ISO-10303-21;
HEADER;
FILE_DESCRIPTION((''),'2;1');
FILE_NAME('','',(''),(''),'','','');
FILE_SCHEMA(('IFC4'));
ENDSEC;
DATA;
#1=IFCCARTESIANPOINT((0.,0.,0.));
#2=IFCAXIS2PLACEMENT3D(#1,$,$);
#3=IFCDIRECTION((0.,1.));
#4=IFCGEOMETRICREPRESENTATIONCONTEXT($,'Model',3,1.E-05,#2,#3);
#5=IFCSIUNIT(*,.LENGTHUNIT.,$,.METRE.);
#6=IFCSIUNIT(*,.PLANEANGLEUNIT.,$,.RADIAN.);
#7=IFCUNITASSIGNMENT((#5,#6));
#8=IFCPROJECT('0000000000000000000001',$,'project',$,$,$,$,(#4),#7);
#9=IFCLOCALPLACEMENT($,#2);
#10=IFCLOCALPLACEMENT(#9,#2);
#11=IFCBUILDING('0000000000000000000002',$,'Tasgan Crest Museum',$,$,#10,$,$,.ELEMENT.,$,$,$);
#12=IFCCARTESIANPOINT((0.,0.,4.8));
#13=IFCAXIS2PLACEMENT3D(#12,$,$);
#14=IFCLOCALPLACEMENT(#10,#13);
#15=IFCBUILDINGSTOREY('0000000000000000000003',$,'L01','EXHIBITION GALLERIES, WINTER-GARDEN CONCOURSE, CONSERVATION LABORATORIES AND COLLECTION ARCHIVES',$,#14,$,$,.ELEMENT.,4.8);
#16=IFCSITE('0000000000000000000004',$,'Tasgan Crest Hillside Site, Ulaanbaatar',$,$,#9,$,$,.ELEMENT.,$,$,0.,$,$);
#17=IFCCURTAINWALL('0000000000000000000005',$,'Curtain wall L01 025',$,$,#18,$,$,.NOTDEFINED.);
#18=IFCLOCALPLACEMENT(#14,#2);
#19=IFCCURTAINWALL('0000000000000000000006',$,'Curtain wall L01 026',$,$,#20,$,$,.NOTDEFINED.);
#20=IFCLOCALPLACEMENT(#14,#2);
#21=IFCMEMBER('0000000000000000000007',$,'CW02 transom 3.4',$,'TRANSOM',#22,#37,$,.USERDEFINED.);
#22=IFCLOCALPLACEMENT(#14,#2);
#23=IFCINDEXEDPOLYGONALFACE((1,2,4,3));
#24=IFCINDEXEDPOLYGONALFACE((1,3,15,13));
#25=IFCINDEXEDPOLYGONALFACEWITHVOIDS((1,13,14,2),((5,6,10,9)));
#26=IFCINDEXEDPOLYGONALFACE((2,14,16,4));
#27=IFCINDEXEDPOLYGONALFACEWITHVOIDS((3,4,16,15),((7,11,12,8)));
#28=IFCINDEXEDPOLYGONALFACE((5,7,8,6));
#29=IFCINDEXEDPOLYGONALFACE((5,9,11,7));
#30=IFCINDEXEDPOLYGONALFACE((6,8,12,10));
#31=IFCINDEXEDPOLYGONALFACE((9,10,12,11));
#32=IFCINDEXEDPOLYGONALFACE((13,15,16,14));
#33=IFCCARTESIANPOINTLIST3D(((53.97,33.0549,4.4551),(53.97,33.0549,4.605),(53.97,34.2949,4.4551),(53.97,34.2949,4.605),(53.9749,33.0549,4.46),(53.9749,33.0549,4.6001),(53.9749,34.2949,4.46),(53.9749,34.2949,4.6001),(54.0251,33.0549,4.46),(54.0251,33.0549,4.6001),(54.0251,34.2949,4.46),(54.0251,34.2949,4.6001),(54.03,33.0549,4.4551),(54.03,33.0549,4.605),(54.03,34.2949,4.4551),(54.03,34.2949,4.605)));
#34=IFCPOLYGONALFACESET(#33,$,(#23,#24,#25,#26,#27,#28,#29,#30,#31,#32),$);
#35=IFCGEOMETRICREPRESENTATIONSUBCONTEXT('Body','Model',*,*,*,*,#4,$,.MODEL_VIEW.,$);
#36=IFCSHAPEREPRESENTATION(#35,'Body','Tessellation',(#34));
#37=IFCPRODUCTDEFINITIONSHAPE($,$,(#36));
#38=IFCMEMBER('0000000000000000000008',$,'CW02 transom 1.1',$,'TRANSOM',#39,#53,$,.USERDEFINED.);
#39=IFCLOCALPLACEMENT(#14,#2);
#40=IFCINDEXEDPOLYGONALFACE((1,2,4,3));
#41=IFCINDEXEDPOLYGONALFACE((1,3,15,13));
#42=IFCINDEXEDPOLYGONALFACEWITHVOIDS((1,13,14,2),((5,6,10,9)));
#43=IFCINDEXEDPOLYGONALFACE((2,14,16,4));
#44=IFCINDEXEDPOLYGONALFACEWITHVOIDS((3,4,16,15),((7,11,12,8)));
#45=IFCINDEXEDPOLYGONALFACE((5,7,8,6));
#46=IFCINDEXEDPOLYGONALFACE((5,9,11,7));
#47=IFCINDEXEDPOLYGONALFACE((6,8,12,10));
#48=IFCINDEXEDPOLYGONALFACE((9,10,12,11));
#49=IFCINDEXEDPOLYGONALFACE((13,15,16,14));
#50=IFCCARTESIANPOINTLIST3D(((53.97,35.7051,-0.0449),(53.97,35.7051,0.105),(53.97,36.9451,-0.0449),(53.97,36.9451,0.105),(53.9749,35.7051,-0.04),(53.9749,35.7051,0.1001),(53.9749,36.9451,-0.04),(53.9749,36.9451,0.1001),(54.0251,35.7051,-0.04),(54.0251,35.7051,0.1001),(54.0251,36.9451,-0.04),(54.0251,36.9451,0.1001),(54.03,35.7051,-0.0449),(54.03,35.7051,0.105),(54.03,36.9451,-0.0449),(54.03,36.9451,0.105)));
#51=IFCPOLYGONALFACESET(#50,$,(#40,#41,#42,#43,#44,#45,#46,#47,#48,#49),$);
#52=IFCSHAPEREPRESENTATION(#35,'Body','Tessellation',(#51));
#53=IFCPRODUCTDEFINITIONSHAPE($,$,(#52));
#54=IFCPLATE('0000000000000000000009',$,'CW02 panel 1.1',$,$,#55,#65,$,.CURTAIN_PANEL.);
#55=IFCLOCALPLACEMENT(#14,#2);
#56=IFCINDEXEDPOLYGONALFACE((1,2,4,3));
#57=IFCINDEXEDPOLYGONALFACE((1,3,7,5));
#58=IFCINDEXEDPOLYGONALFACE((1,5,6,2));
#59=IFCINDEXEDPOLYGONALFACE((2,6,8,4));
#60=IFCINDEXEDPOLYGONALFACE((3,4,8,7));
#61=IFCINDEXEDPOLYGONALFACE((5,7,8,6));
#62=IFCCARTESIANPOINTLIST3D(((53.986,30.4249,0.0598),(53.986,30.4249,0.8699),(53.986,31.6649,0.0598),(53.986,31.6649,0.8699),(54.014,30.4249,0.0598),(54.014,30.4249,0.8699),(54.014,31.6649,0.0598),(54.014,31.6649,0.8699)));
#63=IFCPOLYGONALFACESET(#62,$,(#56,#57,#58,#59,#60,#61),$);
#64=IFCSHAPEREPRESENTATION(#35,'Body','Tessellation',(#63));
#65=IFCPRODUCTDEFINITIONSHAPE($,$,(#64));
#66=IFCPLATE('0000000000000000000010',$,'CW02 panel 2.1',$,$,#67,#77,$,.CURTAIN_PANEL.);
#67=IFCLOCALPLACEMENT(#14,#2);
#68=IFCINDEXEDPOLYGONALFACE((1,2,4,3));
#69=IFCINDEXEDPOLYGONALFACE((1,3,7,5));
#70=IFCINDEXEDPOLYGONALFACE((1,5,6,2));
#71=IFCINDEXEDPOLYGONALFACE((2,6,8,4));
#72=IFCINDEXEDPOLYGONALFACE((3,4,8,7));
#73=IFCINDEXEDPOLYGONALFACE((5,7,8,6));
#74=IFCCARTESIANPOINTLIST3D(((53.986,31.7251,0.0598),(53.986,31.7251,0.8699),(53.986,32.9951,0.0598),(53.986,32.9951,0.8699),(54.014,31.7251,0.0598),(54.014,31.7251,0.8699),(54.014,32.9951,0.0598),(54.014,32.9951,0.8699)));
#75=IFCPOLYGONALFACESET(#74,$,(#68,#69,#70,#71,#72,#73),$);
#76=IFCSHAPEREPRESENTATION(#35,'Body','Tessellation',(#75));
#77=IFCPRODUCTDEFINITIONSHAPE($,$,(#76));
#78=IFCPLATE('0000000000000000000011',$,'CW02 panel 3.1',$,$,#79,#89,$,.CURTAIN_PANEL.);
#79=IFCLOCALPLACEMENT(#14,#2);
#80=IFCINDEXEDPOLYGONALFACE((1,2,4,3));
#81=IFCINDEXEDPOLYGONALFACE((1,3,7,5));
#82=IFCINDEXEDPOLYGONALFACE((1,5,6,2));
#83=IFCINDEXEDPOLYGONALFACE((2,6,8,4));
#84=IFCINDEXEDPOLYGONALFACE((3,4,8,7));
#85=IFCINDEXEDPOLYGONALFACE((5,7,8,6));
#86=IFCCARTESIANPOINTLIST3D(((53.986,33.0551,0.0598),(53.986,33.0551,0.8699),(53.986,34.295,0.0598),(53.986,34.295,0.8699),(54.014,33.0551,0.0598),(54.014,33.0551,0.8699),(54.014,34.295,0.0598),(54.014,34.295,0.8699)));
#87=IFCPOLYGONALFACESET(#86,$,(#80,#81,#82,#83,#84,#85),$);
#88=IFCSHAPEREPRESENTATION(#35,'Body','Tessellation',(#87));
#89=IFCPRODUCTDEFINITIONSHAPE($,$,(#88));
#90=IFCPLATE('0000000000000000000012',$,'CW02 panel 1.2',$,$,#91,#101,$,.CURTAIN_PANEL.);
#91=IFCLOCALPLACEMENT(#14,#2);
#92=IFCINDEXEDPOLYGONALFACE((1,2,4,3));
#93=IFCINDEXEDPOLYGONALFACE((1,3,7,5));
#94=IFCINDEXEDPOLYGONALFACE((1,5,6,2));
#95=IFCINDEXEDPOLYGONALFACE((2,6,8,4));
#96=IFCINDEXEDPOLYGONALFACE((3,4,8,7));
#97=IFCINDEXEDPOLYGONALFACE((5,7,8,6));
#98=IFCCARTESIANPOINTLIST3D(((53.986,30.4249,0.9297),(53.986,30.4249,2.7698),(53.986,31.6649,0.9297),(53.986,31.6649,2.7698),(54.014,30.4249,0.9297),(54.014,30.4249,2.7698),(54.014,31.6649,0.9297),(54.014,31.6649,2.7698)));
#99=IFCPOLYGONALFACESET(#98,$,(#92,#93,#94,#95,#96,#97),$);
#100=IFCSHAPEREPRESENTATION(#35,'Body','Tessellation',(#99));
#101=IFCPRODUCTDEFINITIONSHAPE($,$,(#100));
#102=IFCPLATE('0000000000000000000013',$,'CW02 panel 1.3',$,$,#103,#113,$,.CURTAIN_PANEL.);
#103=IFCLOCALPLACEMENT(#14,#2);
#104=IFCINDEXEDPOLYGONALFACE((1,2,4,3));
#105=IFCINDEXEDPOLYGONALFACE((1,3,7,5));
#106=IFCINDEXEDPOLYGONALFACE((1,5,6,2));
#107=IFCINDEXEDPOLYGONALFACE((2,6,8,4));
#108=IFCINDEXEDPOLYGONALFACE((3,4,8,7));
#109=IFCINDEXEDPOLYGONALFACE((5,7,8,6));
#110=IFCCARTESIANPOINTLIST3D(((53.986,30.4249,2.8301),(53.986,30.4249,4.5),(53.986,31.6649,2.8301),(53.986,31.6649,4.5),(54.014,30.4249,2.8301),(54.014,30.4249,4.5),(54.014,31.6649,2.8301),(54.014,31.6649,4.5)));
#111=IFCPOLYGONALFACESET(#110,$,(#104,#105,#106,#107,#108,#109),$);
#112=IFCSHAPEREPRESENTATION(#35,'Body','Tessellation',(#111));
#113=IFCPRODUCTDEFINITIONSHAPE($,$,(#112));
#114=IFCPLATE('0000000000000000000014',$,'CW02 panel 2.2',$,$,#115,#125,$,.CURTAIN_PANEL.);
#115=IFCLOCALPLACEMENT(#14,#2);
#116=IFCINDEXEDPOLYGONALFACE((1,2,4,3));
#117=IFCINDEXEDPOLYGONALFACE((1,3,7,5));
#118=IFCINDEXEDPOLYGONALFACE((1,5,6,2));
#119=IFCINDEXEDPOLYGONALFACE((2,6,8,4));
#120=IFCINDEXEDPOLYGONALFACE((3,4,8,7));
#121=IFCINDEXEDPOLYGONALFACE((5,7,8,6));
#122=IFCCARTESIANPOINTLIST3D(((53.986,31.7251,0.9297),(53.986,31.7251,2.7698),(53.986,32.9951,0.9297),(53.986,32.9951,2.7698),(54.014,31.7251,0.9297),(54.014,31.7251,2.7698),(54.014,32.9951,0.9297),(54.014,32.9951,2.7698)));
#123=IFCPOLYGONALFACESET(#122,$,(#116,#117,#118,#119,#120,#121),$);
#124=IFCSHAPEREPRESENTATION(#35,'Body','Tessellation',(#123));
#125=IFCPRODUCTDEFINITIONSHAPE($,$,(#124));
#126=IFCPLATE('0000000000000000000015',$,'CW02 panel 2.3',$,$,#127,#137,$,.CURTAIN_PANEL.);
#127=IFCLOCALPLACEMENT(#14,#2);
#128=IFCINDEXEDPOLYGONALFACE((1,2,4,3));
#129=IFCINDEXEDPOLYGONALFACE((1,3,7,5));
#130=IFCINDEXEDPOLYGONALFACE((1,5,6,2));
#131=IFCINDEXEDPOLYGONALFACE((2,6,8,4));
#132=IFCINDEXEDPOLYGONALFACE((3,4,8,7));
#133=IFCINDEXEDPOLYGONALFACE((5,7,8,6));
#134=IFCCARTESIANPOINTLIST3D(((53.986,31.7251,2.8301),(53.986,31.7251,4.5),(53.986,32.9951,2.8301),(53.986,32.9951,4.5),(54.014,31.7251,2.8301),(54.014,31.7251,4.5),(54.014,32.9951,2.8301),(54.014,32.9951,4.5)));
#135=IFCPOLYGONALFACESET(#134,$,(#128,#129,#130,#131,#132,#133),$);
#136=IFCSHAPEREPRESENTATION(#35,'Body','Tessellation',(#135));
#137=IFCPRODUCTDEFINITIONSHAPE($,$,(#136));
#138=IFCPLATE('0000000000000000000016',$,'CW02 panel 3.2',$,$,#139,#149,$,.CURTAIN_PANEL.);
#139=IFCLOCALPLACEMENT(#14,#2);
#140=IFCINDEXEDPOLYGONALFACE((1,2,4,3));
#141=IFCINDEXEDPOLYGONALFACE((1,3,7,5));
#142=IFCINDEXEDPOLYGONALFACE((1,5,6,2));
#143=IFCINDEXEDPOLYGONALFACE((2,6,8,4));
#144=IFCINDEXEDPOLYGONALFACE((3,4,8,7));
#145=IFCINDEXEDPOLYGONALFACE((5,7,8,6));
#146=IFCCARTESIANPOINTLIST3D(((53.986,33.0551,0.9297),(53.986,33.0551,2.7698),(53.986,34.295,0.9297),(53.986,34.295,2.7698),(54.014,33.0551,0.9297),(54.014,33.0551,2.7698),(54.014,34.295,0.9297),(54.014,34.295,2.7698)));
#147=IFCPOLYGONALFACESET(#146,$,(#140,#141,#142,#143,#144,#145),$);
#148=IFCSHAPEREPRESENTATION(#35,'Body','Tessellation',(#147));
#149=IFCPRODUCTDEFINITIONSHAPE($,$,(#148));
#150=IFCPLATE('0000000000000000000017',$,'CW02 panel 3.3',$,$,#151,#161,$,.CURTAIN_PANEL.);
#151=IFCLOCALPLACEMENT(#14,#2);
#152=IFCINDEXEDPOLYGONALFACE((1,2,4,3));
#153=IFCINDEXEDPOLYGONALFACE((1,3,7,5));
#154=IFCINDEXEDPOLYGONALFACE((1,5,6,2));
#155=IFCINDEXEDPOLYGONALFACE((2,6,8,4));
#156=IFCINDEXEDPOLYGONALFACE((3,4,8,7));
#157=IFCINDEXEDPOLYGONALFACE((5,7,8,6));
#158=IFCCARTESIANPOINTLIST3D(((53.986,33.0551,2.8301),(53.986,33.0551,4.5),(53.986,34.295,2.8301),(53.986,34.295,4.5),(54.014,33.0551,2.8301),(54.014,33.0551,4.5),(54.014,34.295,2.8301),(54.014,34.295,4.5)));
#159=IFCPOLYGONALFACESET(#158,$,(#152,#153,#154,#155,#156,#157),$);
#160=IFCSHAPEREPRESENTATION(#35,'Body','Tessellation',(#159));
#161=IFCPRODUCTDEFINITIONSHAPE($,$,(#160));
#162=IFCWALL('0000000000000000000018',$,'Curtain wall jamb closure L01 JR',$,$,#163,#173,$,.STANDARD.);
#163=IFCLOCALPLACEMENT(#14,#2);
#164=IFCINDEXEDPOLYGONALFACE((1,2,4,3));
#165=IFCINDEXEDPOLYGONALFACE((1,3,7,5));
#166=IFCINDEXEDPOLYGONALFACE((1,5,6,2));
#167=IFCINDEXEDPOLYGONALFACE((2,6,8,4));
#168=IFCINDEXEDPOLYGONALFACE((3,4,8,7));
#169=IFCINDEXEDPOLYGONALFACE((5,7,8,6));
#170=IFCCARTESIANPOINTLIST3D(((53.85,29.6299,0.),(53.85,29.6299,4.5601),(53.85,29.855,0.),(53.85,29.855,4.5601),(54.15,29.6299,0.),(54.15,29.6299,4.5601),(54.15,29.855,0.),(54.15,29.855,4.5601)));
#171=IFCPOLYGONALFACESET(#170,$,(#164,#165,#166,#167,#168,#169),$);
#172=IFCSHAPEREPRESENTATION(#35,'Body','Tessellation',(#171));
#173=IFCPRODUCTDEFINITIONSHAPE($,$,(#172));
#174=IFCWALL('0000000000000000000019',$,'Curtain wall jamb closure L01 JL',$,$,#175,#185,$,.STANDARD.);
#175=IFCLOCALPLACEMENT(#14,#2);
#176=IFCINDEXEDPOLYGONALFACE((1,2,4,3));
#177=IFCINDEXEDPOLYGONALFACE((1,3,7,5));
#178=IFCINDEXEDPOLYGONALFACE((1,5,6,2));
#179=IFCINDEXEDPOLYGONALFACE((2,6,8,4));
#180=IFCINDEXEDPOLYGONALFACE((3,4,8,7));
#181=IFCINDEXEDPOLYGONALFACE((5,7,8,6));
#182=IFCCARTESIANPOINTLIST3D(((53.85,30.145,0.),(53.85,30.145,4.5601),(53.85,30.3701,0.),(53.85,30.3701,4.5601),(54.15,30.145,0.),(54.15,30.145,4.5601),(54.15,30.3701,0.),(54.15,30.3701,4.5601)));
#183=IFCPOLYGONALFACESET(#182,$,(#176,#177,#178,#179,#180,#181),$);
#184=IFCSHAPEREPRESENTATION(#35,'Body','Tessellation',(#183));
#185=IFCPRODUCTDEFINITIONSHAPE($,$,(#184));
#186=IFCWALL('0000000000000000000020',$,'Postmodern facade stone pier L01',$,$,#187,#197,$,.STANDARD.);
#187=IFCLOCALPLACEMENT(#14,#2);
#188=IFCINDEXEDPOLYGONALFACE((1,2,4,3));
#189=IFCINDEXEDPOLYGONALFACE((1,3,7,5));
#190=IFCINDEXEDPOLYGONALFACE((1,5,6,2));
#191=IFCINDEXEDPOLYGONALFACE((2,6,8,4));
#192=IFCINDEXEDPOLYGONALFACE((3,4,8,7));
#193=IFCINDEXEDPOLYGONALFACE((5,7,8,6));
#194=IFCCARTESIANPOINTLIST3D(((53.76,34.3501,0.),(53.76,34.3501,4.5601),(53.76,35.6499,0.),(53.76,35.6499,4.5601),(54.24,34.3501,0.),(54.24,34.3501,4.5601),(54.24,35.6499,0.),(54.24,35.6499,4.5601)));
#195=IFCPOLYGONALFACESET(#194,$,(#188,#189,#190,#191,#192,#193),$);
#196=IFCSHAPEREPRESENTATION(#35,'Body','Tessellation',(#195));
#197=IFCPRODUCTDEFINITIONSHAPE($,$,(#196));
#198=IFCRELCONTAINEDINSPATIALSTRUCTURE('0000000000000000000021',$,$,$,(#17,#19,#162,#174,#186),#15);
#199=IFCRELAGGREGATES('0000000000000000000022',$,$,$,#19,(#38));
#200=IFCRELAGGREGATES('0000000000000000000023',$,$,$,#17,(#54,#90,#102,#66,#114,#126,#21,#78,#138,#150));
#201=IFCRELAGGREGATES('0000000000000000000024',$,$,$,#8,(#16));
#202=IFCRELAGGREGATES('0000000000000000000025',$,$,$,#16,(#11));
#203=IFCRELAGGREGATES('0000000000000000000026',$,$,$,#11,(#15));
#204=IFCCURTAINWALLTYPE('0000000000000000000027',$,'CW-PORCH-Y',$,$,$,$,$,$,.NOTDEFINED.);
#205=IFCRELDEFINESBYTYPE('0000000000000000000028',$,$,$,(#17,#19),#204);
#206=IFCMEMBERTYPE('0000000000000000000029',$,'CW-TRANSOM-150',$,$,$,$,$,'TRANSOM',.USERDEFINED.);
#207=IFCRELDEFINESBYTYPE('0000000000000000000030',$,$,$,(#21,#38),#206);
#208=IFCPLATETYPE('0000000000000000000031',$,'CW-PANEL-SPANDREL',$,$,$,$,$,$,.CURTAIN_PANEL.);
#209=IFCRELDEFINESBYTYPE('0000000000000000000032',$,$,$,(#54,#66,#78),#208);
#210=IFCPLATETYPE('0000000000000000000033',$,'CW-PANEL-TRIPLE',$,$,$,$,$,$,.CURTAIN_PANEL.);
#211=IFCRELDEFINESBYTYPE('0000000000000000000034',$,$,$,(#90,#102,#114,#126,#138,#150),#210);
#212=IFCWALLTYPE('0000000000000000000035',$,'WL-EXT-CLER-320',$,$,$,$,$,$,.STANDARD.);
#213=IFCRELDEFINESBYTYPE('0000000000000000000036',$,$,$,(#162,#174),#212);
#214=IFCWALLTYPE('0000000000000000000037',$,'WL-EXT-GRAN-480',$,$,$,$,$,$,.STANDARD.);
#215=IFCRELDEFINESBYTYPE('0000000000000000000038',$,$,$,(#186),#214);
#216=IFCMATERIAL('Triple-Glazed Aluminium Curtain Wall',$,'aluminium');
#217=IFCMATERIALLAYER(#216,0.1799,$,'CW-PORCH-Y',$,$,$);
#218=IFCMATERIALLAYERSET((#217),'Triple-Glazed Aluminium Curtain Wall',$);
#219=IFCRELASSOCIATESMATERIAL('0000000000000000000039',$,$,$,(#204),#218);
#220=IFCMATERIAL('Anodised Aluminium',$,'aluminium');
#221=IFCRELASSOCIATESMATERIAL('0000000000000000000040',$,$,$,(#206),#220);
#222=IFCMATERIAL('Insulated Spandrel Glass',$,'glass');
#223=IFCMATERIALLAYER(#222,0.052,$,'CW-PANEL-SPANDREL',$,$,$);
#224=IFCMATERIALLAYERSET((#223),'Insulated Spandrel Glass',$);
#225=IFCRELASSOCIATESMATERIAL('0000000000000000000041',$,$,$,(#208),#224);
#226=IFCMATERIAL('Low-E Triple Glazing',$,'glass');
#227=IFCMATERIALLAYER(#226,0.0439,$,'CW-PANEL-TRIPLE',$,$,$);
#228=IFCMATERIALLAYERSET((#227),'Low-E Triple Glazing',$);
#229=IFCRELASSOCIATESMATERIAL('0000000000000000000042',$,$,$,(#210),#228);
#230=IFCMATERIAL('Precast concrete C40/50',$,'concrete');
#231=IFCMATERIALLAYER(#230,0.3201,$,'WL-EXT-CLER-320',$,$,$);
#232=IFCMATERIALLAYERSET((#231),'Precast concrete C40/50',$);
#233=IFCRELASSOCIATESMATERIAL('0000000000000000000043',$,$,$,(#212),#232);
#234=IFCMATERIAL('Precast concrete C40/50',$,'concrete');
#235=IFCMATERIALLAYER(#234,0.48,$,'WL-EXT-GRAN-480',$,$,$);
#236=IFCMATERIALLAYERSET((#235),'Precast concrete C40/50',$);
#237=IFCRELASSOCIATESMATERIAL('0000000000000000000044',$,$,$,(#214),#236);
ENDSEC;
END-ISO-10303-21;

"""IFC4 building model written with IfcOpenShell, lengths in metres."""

from ifc_helpers import new_model, si_unit, direction, frame, frame_2d, origin, origin_2d, place, context, subcontext, project, spatial, rectangle, hollow_rectangle, extrude, material, layer, layer_set, material_profile, profile_set, type_object, element, aggregate, save


model = new_model("IFC4")

# Units and contexts
model_context = context("Model", 3, precision=1e-05, world=origin(), true_north=direction((0.0, 1.0)))
body_context = subcontext(model_context, "Body", "Model", "MODEL_VIEW")
ifc_project = project(units=[si_unit("LENGTHUNIT", "METRE"), si_unit("PLANEANGLEUNIT", "RADIAN")], contexts=[model_context])

# Site, building, storey
site_placement = place(None, origin())
site = spatial("IfcSite", under=ifc_project, at=site_placement, Name="Tasgan Crest Hillside Site, Ulaanbaatar", CompositionType="ELEMENT", RefElevation=0.0)
building_placement = place(site_placement, origin())
building = spatial("IfcBuilding", under=site, at=building_placement, Name="Tasgan Crest Museum", CompositionType="ELEMENT")
storey_placement = place(building_placement, frame((0.0, 0.0, 4.8)))
storey = spatial("IfcBuildingStorey", under=building, at=storey_placement, Name="L01", Description="EXHIBITION GALLERIES, WINTER-GARDEN CONCOURSE, CONSERVATION LABORATORIES AND COLLECTION ARCHIVES", CompositionType="ELEMENT", Elevation=4.8)

# Curtain wall
ifc_material_1 = material(Name="Triple-Glazed Aluminium Curtain Wall", Category="aluminium")
ifc_layer_1 = layer(ifc_material_1, 0.1799, Name="CW-PORCH-Y")
ifc_layer_set_1 = layer_set([ifc_layer_1], Name="Triple-Glazed Aluminium Curtain Wall")
curtain_wall_type = type_object("IfcCurtainWallType", Name="CW-PORCH-Y", PredefinedType="NOTDEFINED", material=ifc_layer_set_1)
curtain_wall_1_placement = place(storey_placement, origin())
curtain_wall_1 = element("IfcCurtainWall", 1, at=curtain_wall_1_placement, inside=storey, type_object=curtain_wall_type, Name="Curtain wall L01 025", PredefinedType="NOTDEFINED")

# Curtain wall
curtain_wall_2_placement = place(storey_placement, origin())
curtain_wall_2 = element("IfcCurtainWall", 2, at=curtain_wall_2_placement, inside=storey, type_object=curtain_wall_type, Name="Curtain wall L01 026", PredefinedType="NOTDEFINED")

# Members
ifc_material_2 = material(Name="Anodised Aluminium", Category="aluminium")
ifc_material_profile_1 = material_profile(ifc_material_2, hollow_rectangle(XDim=0.0601, YDim=0.1499, WallThickness=0.0049, at=origin_2d()), Name="ALU TRANSOM 150x60x5")
ifc_profile_set_1 = profile_set([ifc_material_profile_1], Name="Anodised Aluminium")
member_type_1 = type_object("IfcMemberType", Name="CW-TRANSOM-150", ElementType="TRANSOM", PredefinedType="USERDEFINED", material=ifc_profile_set_1)
member_1_placement = place(storey_placement, frame((54.0, 33.0549, 4.53), z_axis=(0.0, 1.0, 0.0), x_axis=(-1.0, 0.0, 0.0)))
member_1 = element("IfcMember", 3, at=member_1_placement, type_object=member_type_1, Name="CW02 transom 3.4", ObjectType="TRANSOM", PredefinedType="USERDEFINED", context=body_context, shape_type="SweptSolid", body=[
    extrude(hollow_rectangle(XDim=0.0601, YDim=0.1499, WallThickness=0.0049, at=origin_2d()), origin(), (0.0, 0.0, 1.0), 1.24),
])
member_2_placement = place(storey_placement, frame((54.0, 35.7051, 0.03), z_axis=(0.0, 1.0, 0.0), x_axis=(-1.0, 0.0, 0.0)))
member_2 = element("IfcMember", 4, at=member_2_placement, type_object=member_type_1, Name="CW02 transom 1.1", ObjectType="TRANSOM", PredefinedType="USERDEFINED", context=body_context, shape_type="SweptSolid", body=[
    extrude(hollow_rectangle(XDim=0.0601, YDim=0.1499, WallThickness=0.0049, at=origin_2d()), origin(), (0.0, 0.0, 1.0), 1.24),
])
aggregate(curtain_wall_2, [member_2])

# Plates
ifc_material_3 = material(Name="Insulated Spandrel Glass", Category="glass")
ifc_layer_2 = layer(ifc_material_3, 0.052, Name="CW-PANEL-SPANDREL")
ifc_layer_set_2 = layer_set([ifc_layer_2], Name="Insulated Spandrel Glass")
plate_type_1 = type_object("IfcPlateType", Name="CW-PANEL-SPANDREL", PredefinedType="CURTAIN_PANEL", material=ifc_layer_set_2)
plate_1_placement = place(storey_placement, frame((54.0, 31.0449, 0.0598), z_axis=(0.0, 0.0, 1.0), x_axis=(0.0, 1.0, 0.0)))
plate_1 = element("IfcPlate", 5, at=plate_1_placement, type_object=plate_type_1, Name="CW02 panel 1.1", PredefinedType="CURTAIN_PANEL", context=body_context, shape_type="SweptSolid", body=[
    extrude(rectangle(XDim=1.24, YDim=0.0281, at=origin_2d()), origin(), (0.0, 0.0, 1.0), 0.8101),
])
plate_2_placement = place(storey_placement, frame((54.0, 32.3601, 0.0598), z_axis=(0.0, 0.0, 1.0), x_axis=(0.0, 1.0, 0.0)))
plate_2 = element("IfcPlate", 6, at=plate_2_placement, type_object=plate_type_1, Name="CW02 panel 2.1", PredefinedType="CURTAIN_PANEL", context=body_context, shape_type="SweptSolid", body=[
    extrude(rectangle(XDim=1.27, YDim=0.0281, at=origin_2d()), origin(), (0.0, 0.0, 1.0), 0.8101),
])
plate_3_placement = place(storey_placement, frame((54.0, 33.675, 0.0598), z_axis=(0.0, 0.0, 1.0), x_axis=(0.0, 1.0, 0.0)))
plate_3 = element("IfcPlate", 7, at=plate_3_placement, type_object=plate_type_1, Name="CW02 panel 3.1", PredefinedType="CURTAIN_PANEL", context=body_context, shape_type="SweptSolid", body=[
    extrude(rectangle(XDim=1.24, YDim=0.0281, at=origin_2d()), origin(), (0.0, 0.0, 1.0), 0.8101),
])
ifc_material_4 = material(Name="Low-E Triple Glazing", Category="glass")
ifc_layer_3 = layer(ifc_material_4, 0.0439, Name="CW-PANEL-TRIPLE")
ifc_layer_set_3 = layer_set([ifc_layer_3], Name="Low-E Triple Glazing")
plate_type_2 = type_object("IfcPlateType", Name="CW-PANEL-TRIPLE", PredefinedType="CURTAIN_PANEL", material=ifc_layer_set_3)
plate_4_placement = place(storey_placement, frame((54.0, 31.0449, 0.9297), z_axis=(0.0, 0.0, 1.0), x_axis=(0.0, 1.0, 0.0)))
plate_4 = element("IfcPlate", 8, at=plate_4_placement, type_object=plate_type_2, Name="CW02 panel 1.2", PredefinedType="CURTAIN_PANEL", context=body_context, shape_type="SweptSolid", body=[
    extrude(rectangle(XDim=1.24, YDim=0.0281, at=origin_2d()), origin(), (0.0, 0.0, 1.0), 1.8401),
])
plate_5_placement = place(storey_placement, frame((54.0, 31.0449, 2.8301), z_axis=(0.0, 0.0, 1.0), x_axis=(0.0, 1.0, 0.0)))
plate_5 = element("IfcPlate", 9, at=plate_5_placement, type_object=plate_type_2, Name="CW02 panel 1.3", PredefinedType="CURTAIN_PANEL", context=body_context, shape_type="SweptSolid", body=[
    extrude(rectangle(XDim=1.24, YDim=0.0281, at=origin_2d()), origin(), (0.0, 0.0, 1.0), 1.6699),
])
plate_6_placement = place(storey_placement, frame((54.0, 32.3601, 0.9297), z_axis=(0.0, 0.0, 1.0), x_axis=(0.0, 1.0, 0.0)))
plate_6 = element("IfcPlate", 10, at=plate_6_placement, type_object=plate_type_2, Name="CW02 panel 2.2", PredefinedType="CURTAIN_PANEL", context=body_context, shape_type="SweptSolid", body=[
    extrude(rectangle(XDim=1.27, YDim=0.0281, at=origin_2d()), origin(), (0.0, 0.0, 1.0), 1.8401),
])
plate_7_placement = place(storey_placement, frame((54.0, 32.3601, 2.8301), z_axis=(0.0, 0.0, 1.0), x_axis=(0.0, 1.0, 0.0)))
plate_7 = element("IfcPlate", 11, at=plate_7_placement, type_object=plate_type_2, Name="CW02 panel 2.3", PredefinedType="CURTAIN_PANEL", context=body_context, shape_type="SweptSolid", body=[
    extrude(rectangle(XDim=1.27, YDim=0.0281, at=origin_2d()), origin(), (0.0, 0.0, 1.0), 1.6699),
])
plate_8_placement = place(storey_placement, frame((54.0, 33.675, 0.9297), z_axis=(0.0, 0.0, 1.0), x_axis=(0.0, 1.0, 0.0)))
plate_8 = element("IfcPlate", 12, at=plate_8_placement, type_object=plate_type_2, Name="CW02 panel 3.2", PredefinedType="CURTAIN_PANEL", context=body_context, shape_type="SweptSolid", body=[
    extrude(rectangle(XDim=1.24, YDim=0.0281, at=origin_2d()), origin(), (0.0, 0.0, 1.0), 1.8401),
])
plate_9_placement = place(storey_placement, frame((54.0, 33.675, 2.8301), z_axis=(0.0, 0.0, 1.0), x_axis=(0.0, 1.0, 0.0)))
plate_9 = element("IfcPlate", 13, at=plate_9_placement, type_object=plate_type_2, Name="CW02 panel 3.3", PredefinedType="CURTAIN_PANEL", context=body_context, shape_type="SweptSolid", body=[
    extrude(rectangle(XDim=1.24, YDim=0.0281, at=origin_2d()), origin(), (0.0, 0.0, 1.0), 1.6699),
])
aggregate(curtain_wall_1, [plate_1, plate_4, plate_5, plate_2, plate_6, plate_7, member_1, plate_3, plate_8, plate_9])

# Walls
ifc_material_5 = material(Name="Precast concrete C40/50", Category="concrete")
ifc_layer_4 = layer(ifc_material_5, 0.3201, Name="WL-EXT-CLER-320")
ifc_layer_set_4 = layer_set([ifc_layer_4], Name="Precast concrete C40/50")
wall_type_1 = type_object("IfcWallType", Name="WL-EXT-CLER-320", PredefinedType="STANDARD", material=ifc_layer_set_4)
for number, where, z_axis, x_axis, name in (
    (14, (54.0, 29.6299, 0.0), (0.0, 0.0, 1.0), (0.0, 1.0, 0.0), "Curtain wall jamb closure L01 JR"),
    (15, (54.0, 30.145, 0.0), (0.0, 0.0, 1.0), (0.0, 1.0, 0.0), "Curtain wall jamb closure L01 JL"),
):
    element("IfcWall", number, at=place(storey_placement, frame(where, z_axis=z_axis, x_axis=x_axis)), inside=storey, type_object=wall_type_1, Name=name, PredefinedType="STANDARD", context=body_context, shape_type="SweptSolid", body=[
        extrude(rectangle(XDim=0.2251, YDim=0.3, at=frame_2d((0.1125, 0.0))), origin(), (0.0, 0.0, 1.0), 4.5601),
    ])
ifc_material_6 = material(Name="Precast concrete C40/50", Category="concrete")
ifc_layer_5 = layer(ifc_material_6, 0.48, Name="WL-EXT-GRAN-480")
ifc_layer_set_5 = layer_set([ifc_layer_5], Name="Precast concrete C40/50")
wall_type_2 = type_object("IfcWallType", Name="WL-EXT-GRAN-480", PredefinedType="STANDARD", material=ifc_layer_set_5)
wall_placement = place(storey_placement, frame((54.0, 34.3501, 0.0), z_axis=(0.0, 0.0, 1.0), x_axis=(0.0, 1.0, 0.0)))
element("IfcWall", 16, at=wall_placement, inside=storey, type_object=wall_type_2, Name="Postmodern facade stone pier L01", PredefinedType="STANDARD", context=body_context, shape_type="SweptSolid", body=[
    extrude(rectangle(XDim=1.2998, YDim=0.48, at=frame_2d((0.6499, 0.0))), origin(), (0.0, 0.0, 1.0), 4.5601),
])

save(model, "model.ifc")
